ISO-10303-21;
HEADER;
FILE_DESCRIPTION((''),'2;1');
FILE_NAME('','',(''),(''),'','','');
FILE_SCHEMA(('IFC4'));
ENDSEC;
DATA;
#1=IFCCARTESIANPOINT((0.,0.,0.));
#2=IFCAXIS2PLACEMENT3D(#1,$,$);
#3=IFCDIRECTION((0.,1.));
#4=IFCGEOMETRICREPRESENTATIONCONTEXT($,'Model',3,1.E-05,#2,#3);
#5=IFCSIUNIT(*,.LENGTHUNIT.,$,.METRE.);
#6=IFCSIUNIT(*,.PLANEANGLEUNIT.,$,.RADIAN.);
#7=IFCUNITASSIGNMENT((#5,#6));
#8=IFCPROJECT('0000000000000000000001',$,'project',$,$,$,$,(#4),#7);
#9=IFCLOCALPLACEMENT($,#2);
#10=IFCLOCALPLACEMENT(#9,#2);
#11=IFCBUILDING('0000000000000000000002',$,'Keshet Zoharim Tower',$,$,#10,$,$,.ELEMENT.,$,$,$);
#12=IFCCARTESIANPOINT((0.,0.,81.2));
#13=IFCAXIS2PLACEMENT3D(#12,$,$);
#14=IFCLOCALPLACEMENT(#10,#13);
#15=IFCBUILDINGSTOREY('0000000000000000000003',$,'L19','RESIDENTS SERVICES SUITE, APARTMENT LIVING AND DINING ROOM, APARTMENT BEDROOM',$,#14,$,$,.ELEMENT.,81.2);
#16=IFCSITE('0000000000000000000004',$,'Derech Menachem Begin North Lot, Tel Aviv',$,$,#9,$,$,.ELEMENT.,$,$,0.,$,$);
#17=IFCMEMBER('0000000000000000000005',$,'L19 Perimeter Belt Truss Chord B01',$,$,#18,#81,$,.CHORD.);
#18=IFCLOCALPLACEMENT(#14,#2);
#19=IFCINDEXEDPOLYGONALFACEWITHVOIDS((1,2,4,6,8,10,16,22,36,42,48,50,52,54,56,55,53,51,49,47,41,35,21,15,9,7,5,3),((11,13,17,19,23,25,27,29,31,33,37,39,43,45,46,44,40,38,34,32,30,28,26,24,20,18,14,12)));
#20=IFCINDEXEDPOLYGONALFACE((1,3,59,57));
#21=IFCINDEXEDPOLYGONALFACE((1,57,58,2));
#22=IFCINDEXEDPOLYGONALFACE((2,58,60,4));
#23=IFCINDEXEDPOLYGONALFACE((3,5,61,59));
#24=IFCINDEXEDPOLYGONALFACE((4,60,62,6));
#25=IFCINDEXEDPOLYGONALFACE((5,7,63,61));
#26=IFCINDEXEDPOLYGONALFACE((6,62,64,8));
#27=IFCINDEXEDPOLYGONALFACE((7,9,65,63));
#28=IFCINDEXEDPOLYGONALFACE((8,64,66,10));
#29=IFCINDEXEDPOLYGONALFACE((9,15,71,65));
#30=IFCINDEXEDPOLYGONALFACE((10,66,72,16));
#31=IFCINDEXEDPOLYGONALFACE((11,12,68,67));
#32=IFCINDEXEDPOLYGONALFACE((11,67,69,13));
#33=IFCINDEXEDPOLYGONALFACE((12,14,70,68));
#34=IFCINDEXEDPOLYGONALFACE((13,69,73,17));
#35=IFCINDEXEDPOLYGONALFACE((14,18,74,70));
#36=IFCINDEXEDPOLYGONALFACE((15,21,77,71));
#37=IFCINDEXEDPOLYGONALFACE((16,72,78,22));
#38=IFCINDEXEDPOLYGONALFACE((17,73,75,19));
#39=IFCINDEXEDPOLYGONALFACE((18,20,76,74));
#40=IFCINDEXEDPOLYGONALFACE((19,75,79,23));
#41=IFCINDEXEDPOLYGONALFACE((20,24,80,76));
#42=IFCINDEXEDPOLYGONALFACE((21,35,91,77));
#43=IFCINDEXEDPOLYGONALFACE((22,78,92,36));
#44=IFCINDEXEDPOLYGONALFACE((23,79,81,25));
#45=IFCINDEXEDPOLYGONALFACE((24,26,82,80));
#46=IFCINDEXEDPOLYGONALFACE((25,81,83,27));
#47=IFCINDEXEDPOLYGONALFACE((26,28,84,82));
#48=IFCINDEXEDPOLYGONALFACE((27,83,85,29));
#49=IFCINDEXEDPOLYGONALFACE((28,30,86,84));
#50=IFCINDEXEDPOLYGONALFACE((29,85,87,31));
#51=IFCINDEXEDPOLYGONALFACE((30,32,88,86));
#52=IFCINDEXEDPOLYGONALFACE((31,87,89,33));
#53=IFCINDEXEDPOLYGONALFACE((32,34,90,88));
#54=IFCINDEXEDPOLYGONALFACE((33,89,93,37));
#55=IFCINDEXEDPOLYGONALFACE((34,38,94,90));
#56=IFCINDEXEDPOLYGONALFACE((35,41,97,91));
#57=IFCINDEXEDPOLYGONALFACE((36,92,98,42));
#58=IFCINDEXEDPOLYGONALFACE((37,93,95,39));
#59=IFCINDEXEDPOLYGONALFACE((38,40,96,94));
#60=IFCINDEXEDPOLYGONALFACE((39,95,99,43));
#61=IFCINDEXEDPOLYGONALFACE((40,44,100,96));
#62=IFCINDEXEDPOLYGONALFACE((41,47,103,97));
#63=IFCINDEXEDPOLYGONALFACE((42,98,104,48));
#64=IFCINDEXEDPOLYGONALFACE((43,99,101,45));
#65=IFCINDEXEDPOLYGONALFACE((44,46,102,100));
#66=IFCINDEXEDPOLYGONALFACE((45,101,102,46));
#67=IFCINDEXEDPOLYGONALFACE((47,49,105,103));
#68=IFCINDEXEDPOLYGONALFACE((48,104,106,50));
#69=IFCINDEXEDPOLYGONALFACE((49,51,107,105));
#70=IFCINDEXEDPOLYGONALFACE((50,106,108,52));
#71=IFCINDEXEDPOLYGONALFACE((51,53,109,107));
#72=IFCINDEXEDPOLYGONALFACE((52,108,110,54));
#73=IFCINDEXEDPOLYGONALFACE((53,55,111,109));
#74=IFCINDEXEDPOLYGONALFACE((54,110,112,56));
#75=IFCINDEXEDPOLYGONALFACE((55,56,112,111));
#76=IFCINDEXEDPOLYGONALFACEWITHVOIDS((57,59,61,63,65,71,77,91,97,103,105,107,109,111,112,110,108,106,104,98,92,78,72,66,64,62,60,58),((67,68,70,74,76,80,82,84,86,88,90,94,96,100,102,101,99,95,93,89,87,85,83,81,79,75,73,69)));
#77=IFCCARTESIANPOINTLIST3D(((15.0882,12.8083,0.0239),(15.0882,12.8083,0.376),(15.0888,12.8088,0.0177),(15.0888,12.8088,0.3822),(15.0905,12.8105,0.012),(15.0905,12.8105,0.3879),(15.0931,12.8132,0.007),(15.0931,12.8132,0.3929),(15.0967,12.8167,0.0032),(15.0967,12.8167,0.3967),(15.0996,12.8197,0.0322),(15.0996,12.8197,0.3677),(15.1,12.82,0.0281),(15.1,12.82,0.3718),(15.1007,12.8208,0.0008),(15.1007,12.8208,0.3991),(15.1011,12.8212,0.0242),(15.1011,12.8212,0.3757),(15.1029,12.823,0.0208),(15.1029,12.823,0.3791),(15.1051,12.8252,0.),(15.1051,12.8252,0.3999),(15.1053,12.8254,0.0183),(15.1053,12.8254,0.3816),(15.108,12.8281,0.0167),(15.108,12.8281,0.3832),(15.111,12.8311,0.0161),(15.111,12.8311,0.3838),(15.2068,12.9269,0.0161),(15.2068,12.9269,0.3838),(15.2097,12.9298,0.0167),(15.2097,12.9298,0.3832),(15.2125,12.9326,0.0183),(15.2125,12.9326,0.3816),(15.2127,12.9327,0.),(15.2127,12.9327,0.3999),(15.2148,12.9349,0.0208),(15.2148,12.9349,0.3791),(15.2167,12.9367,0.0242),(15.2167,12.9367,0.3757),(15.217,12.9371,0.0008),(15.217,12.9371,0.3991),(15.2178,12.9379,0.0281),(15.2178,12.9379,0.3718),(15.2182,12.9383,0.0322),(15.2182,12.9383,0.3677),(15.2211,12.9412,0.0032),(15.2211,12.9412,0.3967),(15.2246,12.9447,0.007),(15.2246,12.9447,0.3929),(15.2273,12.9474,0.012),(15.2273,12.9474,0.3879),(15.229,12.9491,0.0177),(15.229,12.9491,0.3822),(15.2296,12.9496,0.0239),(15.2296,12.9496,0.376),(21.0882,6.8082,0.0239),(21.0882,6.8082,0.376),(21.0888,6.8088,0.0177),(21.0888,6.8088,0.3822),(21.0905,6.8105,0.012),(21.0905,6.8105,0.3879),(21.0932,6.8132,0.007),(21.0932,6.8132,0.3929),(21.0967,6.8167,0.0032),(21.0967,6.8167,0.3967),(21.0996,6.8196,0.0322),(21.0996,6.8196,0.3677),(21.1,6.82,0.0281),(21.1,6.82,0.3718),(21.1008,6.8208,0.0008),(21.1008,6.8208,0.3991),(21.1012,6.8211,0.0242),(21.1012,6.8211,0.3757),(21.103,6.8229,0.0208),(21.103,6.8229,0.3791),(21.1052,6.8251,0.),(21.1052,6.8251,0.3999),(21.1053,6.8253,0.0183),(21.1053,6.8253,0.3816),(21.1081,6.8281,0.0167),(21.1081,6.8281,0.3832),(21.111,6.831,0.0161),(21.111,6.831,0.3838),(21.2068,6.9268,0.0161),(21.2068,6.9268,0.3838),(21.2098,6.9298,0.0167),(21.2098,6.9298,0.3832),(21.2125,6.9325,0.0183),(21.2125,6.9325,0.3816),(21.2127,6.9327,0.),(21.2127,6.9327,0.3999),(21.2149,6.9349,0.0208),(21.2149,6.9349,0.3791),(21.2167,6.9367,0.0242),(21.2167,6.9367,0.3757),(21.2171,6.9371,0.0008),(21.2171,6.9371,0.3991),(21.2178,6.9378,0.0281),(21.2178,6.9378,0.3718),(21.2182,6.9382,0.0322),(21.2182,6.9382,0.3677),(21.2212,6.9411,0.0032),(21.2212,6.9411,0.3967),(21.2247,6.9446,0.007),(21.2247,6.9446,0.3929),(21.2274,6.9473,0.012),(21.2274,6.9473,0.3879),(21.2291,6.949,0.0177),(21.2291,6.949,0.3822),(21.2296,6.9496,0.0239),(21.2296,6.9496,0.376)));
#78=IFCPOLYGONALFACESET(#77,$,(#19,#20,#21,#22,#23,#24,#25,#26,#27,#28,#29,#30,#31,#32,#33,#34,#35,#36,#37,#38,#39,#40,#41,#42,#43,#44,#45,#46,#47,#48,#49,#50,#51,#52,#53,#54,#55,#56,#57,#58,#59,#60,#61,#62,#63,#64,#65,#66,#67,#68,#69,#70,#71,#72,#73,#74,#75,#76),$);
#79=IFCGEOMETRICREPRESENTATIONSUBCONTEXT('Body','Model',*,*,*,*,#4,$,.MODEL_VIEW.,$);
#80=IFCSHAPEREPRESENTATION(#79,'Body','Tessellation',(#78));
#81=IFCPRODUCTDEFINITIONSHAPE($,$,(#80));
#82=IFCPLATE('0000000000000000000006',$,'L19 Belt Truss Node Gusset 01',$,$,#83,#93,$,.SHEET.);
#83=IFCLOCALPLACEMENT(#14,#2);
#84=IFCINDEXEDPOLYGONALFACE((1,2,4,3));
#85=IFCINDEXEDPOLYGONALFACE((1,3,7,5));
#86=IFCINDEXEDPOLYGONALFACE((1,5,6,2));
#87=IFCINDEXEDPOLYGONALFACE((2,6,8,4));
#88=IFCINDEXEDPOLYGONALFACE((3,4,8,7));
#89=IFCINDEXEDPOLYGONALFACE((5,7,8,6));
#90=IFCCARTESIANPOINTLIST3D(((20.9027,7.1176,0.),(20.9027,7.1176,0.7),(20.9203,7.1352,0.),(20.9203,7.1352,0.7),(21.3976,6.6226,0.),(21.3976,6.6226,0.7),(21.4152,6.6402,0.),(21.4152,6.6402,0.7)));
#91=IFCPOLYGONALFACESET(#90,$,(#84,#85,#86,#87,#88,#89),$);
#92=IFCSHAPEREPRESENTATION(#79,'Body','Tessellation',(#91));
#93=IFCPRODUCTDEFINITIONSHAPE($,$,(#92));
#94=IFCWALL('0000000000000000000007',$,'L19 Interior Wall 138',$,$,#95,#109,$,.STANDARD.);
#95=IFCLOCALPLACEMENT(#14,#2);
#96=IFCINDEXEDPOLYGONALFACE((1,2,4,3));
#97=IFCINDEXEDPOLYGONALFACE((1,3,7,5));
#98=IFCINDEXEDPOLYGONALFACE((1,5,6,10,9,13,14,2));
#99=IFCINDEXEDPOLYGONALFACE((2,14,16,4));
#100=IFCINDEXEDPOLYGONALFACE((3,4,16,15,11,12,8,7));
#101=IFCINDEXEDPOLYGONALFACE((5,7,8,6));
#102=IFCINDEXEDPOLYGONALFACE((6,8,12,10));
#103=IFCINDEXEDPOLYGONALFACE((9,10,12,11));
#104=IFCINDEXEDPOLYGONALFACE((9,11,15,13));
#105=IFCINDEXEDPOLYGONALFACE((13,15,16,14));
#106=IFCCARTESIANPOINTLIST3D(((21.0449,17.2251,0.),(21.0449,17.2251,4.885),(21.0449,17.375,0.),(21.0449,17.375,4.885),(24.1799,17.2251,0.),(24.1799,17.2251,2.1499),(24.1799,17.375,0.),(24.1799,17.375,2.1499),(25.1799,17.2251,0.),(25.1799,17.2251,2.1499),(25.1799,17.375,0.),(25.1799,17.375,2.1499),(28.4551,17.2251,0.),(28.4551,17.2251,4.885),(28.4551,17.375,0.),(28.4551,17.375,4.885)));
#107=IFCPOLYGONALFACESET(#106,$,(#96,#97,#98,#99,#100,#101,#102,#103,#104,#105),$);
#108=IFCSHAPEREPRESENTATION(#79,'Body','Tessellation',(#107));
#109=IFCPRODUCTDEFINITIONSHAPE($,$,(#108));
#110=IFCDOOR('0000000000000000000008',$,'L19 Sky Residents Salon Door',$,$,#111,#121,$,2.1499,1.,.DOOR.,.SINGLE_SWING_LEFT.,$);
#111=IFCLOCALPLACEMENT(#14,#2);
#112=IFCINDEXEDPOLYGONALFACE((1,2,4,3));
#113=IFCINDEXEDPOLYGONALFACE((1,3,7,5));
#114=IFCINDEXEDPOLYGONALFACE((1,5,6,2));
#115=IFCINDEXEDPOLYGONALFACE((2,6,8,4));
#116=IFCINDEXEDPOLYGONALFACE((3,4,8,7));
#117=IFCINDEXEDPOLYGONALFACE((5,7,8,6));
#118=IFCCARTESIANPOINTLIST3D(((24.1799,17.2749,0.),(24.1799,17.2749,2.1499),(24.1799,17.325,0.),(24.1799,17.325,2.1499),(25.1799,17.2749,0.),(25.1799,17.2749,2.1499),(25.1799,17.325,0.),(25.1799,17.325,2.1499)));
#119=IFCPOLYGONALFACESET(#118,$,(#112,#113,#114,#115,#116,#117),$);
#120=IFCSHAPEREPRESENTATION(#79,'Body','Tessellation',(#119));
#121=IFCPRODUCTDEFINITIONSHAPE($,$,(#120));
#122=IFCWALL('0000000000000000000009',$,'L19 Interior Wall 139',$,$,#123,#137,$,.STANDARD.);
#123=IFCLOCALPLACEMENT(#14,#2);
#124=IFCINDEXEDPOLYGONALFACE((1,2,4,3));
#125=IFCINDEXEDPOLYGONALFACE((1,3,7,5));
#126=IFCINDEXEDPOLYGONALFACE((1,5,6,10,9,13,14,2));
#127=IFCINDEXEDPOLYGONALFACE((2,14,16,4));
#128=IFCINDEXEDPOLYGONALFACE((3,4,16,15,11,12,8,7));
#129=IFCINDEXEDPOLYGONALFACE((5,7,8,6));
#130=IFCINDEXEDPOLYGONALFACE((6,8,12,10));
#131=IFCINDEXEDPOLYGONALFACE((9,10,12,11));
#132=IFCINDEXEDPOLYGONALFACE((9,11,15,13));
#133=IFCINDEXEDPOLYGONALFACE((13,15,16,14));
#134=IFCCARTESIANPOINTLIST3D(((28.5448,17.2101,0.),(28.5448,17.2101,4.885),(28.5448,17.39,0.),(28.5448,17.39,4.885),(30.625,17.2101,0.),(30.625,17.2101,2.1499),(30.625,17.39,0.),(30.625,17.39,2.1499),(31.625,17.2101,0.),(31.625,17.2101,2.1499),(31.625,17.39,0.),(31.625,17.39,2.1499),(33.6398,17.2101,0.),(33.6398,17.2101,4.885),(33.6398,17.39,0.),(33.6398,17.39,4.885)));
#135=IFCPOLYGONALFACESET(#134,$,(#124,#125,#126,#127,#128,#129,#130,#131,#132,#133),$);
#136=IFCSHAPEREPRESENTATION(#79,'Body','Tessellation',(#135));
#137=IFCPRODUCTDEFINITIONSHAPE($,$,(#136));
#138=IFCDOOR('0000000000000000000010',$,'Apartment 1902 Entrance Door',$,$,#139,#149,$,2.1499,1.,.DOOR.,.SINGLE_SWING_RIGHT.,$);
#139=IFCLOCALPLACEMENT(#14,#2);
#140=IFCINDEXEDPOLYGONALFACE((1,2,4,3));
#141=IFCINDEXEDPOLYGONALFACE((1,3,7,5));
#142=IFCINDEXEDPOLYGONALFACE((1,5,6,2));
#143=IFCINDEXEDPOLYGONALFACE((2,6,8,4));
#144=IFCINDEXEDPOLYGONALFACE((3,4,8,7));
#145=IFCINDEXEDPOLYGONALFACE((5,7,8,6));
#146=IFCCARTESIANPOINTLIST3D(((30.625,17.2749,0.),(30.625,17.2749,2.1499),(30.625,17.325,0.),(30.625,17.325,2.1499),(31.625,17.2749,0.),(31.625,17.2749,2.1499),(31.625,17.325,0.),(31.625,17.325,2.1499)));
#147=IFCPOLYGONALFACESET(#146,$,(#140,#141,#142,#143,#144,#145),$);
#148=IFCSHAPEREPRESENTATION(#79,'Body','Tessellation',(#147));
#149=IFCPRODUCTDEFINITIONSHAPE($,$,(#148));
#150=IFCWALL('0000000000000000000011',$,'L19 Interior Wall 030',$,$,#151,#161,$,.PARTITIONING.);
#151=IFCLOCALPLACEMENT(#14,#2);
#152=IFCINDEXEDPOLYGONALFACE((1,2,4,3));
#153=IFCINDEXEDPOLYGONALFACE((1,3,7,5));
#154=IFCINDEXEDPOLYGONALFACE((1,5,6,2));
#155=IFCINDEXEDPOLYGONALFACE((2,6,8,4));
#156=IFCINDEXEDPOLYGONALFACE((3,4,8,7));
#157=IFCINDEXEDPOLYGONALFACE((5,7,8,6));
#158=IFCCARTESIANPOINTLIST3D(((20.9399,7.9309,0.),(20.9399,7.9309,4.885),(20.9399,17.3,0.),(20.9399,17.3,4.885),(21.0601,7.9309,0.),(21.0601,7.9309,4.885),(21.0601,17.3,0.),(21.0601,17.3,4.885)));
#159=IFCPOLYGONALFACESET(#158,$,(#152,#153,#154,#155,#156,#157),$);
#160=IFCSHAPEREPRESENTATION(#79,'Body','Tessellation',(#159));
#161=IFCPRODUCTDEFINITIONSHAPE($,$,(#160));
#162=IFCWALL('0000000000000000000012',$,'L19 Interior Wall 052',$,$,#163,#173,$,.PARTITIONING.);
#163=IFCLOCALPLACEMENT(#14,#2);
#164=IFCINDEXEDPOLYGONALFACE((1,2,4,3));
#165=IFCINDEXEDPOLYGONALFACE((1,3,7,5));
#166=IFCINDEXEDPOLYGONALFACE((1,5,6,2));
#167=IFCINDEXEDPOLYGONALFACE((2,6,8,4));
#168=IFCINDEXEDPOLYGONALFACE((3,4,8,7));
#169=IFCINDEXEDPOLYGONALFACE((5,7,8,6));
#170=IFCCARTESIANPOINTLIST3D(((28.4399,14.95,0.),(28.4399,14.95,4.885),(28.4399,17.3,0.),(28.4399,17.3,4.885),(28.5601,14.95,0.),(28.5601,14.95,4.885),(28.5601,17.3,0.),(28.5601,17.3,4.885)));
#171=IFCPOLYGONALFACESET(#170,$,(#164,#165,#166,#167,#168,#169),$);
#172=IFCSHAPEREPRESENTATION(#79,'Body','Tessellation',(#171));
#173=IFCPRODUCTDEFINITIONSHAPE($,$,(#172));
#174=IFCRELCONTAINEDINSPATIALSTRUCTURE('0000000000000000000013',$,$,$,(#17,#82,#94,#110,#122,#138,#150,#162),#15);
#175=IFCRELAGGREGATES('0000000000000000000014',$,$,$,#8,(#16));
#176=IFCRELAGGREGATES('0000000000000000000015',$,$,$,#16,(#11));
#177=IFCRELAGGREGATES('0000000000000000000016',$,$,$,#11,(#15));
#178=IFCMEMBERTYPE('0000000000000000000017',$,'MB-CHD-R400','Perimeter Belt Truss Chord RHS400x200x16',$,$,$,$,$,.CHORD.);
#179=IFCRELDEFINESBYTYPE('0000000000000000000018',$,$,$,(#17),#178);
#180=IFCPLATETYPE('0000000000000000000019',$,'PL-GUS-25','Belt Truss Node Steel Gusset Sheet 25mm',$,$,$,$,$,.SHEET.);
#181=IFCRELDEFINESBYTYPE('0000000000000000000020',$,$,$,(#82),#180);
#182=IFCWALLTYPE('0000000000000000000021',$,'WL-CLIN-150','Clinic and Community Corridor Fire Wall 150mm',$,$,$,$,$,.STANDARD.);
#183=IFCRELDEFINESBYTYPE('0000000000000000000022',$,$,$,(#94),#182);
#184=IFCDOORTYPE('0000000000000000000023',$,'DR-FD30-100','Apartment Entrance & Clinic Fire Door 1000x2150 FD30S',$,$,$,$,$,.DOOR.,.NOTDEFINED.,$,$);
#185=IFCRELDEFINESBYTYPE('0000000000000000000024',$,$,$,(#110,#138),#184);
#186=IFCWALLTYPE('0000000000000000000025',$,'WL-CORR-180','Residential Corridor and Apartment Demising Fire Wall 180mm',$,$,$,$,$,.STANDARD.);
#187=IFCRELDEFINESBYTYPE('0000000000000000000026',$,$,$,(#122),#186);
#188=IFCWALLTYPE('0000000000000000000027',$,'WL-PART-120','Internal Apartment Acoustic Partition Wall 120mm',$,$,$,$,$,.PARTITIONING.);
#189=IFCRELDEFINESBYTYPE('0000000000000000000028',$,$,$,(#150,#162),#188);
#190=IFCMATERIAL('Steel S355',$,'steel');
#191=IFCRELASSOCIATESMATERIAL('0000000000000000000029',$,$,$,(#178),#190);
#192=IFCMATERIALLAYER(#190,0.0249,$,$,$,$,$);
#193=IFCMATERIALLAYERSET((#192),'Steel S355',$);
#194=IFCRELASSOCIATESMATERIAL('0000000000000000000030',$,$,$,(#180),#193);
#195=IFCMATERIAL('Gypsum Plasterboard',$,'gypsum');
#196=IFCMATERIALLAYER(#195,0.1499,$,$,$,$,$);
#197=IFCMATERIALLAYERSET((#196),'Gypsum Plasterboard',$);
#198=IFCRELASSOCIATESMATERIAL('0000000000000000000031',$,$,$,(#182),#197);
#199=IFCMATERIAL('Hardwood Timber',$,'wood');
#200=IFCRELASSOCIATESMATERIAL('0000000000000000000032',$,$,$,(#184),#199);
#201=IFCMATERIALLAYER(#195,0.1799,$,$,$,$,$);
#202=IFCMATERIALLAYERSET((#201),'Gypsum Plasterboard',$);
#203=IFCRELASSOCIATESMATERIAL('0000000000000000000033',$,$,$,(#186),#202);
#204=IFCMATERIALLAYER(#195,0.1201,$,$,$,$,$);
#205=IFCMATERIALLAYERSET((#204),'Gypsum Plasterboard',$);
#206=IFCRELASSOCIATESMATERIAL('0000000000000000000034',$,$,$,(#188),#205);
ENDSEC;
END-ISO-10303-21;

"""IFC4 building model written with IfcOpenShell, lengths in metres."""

from ifc_helpers import new_model, si_unit, direction, frame, frame_2d, origin, origin_2d, place, context, subcontext, project, spatial, rectangle, hollow_rectangle, extrude, material, layer, layer_set, material_profile, profile_set, type_object, element, fill, save


model = new_model("IFC4")

# Units and contexts
model_context = context("Model", 3, precision=1e-05, world=origin(), true_north=direction((0.0, 1.0)))
body_context = subcontext(model_context, "Body", "Model", "MODEL_VIEW")
ifc_project = project(units=[si_unit("LENGTHUNIT", "METRE"), si_unit("PLANEANGLEUNIT", "RADIAN")], contexts=[model_context])

# Site, building, storey
site_placement = place(None, origin())
site = spatial("IfcSite", under=ifc_project, at=site_placement, Name="Derech Menachem Begin North Lot, Tel Aviv", CompositionType="ELEMENT", RefElevation=0.0)
building_placement = place(site_placement, origin())
building = spatial("IfcBuilding", under=site, at=building_placement, Name="Keshet Zoharim Tower", CompositionType="ELEMENT")
storey_placement = place(building_placement, frame((0.0, 0.0, 81.2)))
storey = spatial("IfcBuildingStorey", under=building, at=storey_placement, Name="L19", Description="RESIDENTS SERVICES SUITE, APARTMENT LIVING AND DINING ROOM, APARTMENT BEDROOM", CompositionType="ELEMENT", Elevation=81.2)

# Shared definitions
ifc_material_1 = material(Name="Steel S355", Category="steel")

# Member
ifc_material_profile_1 = material_profile(ifc_material_1, hollow_rectangle(XDim=0.2, YDim=0.3999, WallThickness=0.0161, InnerFilletRadius=0.0161, OuterFilletRadius=0.0239, at=origin_2d()), Name="RHS400x200x16")
ifc_profile_set_1 = profile_set([ifc_material_profile_1], Name="Steel S355")
member_type_1 = type_object("IfcMemberType", Name="MB-CHD-R400", Description="Perimeter Belt Truss Chord RHS400x200x16", PredefinedType="CHORD", material=ifc_profile_set_1)
member_1_placement = place(storey_placement, frame((21.1589, 6.8789, 0.2), z_axis=(-0.707107, 0.707107, 0.0), x_axis=(-0.707107, -0.707107, 0.0)))
element("IfcMember", 1, at=member_1_placement, inside=storey, type_object=member_type_1, Name="L19 Perimeter Belt Truss Chord B01", PredefinedType="CHORD", context=body_context, shape_type="SweptSolid", body=[
    extrude(hollow_rectangle(XDim=0.2, YDim=0.3999, WallThickness=0.0161, InnerFilletRadius=0.0161, OuterFilletRadius=0.0239, at=origin_2d()), origin(), (0.0, 0.0, 1.0), 8.4854),
])

# Plate
ifc_layer_1 = layer(ifc_material_1, 0.0249)
ifc_layer_set_1 = layer_set([ifc_layer_1], Name="Steel S355")
plate_type = type_object("IfcPlateType", Name="PL-GUS-25", Description="Belt Truss Node Steel Gusset Sheet 25mm", PredefinedType="SHEET", material=ifc_layer_set_1)
plate_placement = place(storey_placement, frame((21.1589, 6.8789, 0.0), z_axis=(0.0, 0.0, 1.0), x_axis=(-0.707107, 0.707107, 0.0)))
element("IfcPlate", 2, at=plate_placement, inside=storey, type_object=plate_type, Name="L19 Belt Truss Node Gusset 01", PredefinedType="SHEET", context=body_context, shape_type="SweptSolid", body=[
    extrude(rectangle(XDim=0.7, YDim=0.0249, at=origin_2d()), origin(), (0.0, 0.0, 1.0), 0.7),
])

# Walls, openings, doors
ifc_material_2 = material(Name="Gypsum Plasterboard", Category="gypsum")
ifc_layer_2 = layer(ifc_material_2, 0.1499)
ifc_layer_set_2 = layer_set([ifc_layer_2], Name="Gypsum Plasterboard")
wall_type_1 = type_object("IfcWallType", Name="WL-CLIN-150", Description="Clinic and Community Corridor Fire Wall 150mm", PredefinedType="STANDARD", material=ifc_layer_set_2)
wall_1_placement = place(storey_placement, frame((21.0449, 17.3, 0.0), z_axis=(0.0, 0.0, 1.0), x_axis=(1.0, 0.0, 0.0)))
wall_1 = element("IfcWall", 3, at=wall_1_placement, inside=storey, type_object=wall_type_1, Name="L19 Interior Wall 138", PredefinedType="STANDARD", context=body_context, shape_type="SweptSolid", body=[
    extrude(rectangle(XDim=7.4102, YDim=0.1499, at=frame_2d((3.7051, 0.0))), origin(), (0.0, 0.0, 1.0), 4.885),
])
opening_1_placement = place(wall_1_placement, frame((3.135, 0.0, 0.0)))
opening_1 = element("IfcOpeningElement", 4, at=opening_1_placement, cuts=wall_1, PredefinedType="OPENING", context=body_context, shape_type="SweptSolid", body=[
    extrude(rectangle(XDim=1.0, YDim=2.1499, at=frame_2d((0.5, 1.075))), frame((0.0, 0.085, 0.0), z_axis=(0.0, -1.0, 0.0), x_axis=(1.0, 0.0, 0.0)), (0.0, 0.0, 1.0), 0.1699),
])
ifc_material_3 = material(Name="Hardwood Timber", Category="wood")
door_type_1 = type_object("IfcDoorType", Name="DR-FD30-100", Description="Apartment Entrance & Clinic Fire Door 1000x2150 FD30S", OperationType="NOTDEFINED", PredefinedType="DOOR", material=ifc_material_3)
door_1_placement = place(opening_1_placement, origin())
door_1 = element("IfcDoor", 5, at=door_1_placement, inside=storey, type_object=door_type_1, Name="L19 Sky Residents Salon Door", OperationType="SINGLE_SWING_LEFT", OverallHeight=2.1499, OverallWidth=1.0, PredefinedType="DOOR", context=body_context, shape_type="SweptSolid", body=[
    extrude(rectangle(XDim=1.0, YDim=2.1499, at=frame_2d((0.5, 1.075))), frame((0.0, 0.0249, 0.0), z_axis=(0.0, -1.0, 0.0), x_axis=(1.0, 0.0, 0.0)), (0.0, 0.0, 1.0), 0.05),
])
fill(opening_1, door_1)
ifc_layer_3 = layer(ifc_material_2, 0.1799)
ifc_layer_set_3 = layer_set([ifc_layer_3], Name="Gypsum Plasterboard")
wall_type_2 = type_object("IfcWallType", Name="WL-CORR-180", Description="Residential Corridor and Apartment Demising Fire Wall 180mm", PredefinedType="STANDARD", material=ifc_layer_set_3)
wall_2_placement = place(storey_placement, frame((28.5449, 17.3, 0.0), z_axis=(0.0, 0.0, 1.0), x_axis=(1.0, 0.0, 0.0)))
wall_2 = element("IfcWall", 6, at=wall_2_placement, inside=storey, type_object=wall_type_2, Name="L19 Interior Wall 139", PredefinedType="STANDARD", context=body_context, shape_type="SweptSolid", body=[
    extrude(rectangle(XDim=5.095, YDim=0.1799, at=frame_2d((2.5474, 0.0))), origin(), (0.0, 0.0, 1.0), 4.885),
])
opening_2_placement = place(wall_2_placement, frame((2.0801, 0.0, 0.0)))
opening_2 = element("IfcOpeningElement", 7, at=opening_2_placement, cuts=wall_2, PredefinedType="OPENING", context=body_context, shape_type="SweptSolid", body=[
    extrude(rectangle(XDim=1.0, YDim=2.1499, at=frame_2d((0.5, 1.075))), frame((0.0, 0.1001, 0.0), z_axis=(0.0, -1.0, 0.0), x_axis=(1.0, 0.0, 0.0)), (0.0, 0.0, 1.0), 0.2),
])
door_2_placement = place(opening_2_placement, origin())
door_2 = element("IfcDoor", 8, at=door_2_placement, inside=storey, type_object=door_type_1, Name="Apartment 1902 Entrance Door", OperationType="SINGLE_SWING_RIGHT", OverallHeight=2.1499, OverallWidth=1.0, PredefinedType="DOOR", context=body_context, shape_type="SweptSolid", body=[
    extrude(rectangle(XDim=1.0, YDim=2.1499, at=frame_2d((0.5, 1.075))), frame((0.0, 0.0249, 0.0), z_axis=(0.0, -1.0, 0.0), x_axis=(1.0, 0.0, 0.0)), (0.0, 0.0, 1.0), 0.05),
])
fill(opening_2, door_2)

# Walls
ifc_layer_4 = layer(ifc_material_2, 0.1201)
ifc_layer_set_4 = layer_set([ifc_layer_4], Name="Gypsum Plasterboard")
wall_type_3 = type_object("IfcWallType", Name="WL-PART-120", Description="Internal Apartment Acoustic Partition Wall 120mm", PredefinedType="PARTITIONING", material=ifc_layer_set_4)
wall_3_placement = place(storey_placement, frame((21.0, 7.9309, 0.0), z_axis=(0.0, 0.0, 1.0), x_axis=(0.0, 1.0, 0.0)))
element("IfcWall", 9, at=wall_3_placement, inside=storey, type_object=wall_type_3, Name="L19 Interior Wall 030", PredefinedType="PARTITIONING", context=body_context, shape_type="SweptSolid", body=[
    extrude(rectangle(XDim=9.3691, YDim=0.1201, at=frame_2d((4.6846, 0.0))), origin(), (0.0, 0.0, 1.0), 4.885),
])
wall_4_placement = place(storey_placement, frame((28.5, 14.95, 0.0), z_axis=(0.0, 0.0, 1.0), x_axis=(0.0, 1.0, 0.0)))
element("IfcWall", 10, at=wall_4_placement, inside=storey, type_object=wall_type_3, Name="L19 Interior Wall 052", PredefinedType="PARTITIONING", context=body_context, shape_type="SweptSolid", body=[
    extrude(rectangle(XDim=2.3501, YDim=0.1201, at=frame_2d((1.175, 0.0))), origin(), (0.0, 0.0, 1.0), 4.885),
])

save(model, "model.ifc")
